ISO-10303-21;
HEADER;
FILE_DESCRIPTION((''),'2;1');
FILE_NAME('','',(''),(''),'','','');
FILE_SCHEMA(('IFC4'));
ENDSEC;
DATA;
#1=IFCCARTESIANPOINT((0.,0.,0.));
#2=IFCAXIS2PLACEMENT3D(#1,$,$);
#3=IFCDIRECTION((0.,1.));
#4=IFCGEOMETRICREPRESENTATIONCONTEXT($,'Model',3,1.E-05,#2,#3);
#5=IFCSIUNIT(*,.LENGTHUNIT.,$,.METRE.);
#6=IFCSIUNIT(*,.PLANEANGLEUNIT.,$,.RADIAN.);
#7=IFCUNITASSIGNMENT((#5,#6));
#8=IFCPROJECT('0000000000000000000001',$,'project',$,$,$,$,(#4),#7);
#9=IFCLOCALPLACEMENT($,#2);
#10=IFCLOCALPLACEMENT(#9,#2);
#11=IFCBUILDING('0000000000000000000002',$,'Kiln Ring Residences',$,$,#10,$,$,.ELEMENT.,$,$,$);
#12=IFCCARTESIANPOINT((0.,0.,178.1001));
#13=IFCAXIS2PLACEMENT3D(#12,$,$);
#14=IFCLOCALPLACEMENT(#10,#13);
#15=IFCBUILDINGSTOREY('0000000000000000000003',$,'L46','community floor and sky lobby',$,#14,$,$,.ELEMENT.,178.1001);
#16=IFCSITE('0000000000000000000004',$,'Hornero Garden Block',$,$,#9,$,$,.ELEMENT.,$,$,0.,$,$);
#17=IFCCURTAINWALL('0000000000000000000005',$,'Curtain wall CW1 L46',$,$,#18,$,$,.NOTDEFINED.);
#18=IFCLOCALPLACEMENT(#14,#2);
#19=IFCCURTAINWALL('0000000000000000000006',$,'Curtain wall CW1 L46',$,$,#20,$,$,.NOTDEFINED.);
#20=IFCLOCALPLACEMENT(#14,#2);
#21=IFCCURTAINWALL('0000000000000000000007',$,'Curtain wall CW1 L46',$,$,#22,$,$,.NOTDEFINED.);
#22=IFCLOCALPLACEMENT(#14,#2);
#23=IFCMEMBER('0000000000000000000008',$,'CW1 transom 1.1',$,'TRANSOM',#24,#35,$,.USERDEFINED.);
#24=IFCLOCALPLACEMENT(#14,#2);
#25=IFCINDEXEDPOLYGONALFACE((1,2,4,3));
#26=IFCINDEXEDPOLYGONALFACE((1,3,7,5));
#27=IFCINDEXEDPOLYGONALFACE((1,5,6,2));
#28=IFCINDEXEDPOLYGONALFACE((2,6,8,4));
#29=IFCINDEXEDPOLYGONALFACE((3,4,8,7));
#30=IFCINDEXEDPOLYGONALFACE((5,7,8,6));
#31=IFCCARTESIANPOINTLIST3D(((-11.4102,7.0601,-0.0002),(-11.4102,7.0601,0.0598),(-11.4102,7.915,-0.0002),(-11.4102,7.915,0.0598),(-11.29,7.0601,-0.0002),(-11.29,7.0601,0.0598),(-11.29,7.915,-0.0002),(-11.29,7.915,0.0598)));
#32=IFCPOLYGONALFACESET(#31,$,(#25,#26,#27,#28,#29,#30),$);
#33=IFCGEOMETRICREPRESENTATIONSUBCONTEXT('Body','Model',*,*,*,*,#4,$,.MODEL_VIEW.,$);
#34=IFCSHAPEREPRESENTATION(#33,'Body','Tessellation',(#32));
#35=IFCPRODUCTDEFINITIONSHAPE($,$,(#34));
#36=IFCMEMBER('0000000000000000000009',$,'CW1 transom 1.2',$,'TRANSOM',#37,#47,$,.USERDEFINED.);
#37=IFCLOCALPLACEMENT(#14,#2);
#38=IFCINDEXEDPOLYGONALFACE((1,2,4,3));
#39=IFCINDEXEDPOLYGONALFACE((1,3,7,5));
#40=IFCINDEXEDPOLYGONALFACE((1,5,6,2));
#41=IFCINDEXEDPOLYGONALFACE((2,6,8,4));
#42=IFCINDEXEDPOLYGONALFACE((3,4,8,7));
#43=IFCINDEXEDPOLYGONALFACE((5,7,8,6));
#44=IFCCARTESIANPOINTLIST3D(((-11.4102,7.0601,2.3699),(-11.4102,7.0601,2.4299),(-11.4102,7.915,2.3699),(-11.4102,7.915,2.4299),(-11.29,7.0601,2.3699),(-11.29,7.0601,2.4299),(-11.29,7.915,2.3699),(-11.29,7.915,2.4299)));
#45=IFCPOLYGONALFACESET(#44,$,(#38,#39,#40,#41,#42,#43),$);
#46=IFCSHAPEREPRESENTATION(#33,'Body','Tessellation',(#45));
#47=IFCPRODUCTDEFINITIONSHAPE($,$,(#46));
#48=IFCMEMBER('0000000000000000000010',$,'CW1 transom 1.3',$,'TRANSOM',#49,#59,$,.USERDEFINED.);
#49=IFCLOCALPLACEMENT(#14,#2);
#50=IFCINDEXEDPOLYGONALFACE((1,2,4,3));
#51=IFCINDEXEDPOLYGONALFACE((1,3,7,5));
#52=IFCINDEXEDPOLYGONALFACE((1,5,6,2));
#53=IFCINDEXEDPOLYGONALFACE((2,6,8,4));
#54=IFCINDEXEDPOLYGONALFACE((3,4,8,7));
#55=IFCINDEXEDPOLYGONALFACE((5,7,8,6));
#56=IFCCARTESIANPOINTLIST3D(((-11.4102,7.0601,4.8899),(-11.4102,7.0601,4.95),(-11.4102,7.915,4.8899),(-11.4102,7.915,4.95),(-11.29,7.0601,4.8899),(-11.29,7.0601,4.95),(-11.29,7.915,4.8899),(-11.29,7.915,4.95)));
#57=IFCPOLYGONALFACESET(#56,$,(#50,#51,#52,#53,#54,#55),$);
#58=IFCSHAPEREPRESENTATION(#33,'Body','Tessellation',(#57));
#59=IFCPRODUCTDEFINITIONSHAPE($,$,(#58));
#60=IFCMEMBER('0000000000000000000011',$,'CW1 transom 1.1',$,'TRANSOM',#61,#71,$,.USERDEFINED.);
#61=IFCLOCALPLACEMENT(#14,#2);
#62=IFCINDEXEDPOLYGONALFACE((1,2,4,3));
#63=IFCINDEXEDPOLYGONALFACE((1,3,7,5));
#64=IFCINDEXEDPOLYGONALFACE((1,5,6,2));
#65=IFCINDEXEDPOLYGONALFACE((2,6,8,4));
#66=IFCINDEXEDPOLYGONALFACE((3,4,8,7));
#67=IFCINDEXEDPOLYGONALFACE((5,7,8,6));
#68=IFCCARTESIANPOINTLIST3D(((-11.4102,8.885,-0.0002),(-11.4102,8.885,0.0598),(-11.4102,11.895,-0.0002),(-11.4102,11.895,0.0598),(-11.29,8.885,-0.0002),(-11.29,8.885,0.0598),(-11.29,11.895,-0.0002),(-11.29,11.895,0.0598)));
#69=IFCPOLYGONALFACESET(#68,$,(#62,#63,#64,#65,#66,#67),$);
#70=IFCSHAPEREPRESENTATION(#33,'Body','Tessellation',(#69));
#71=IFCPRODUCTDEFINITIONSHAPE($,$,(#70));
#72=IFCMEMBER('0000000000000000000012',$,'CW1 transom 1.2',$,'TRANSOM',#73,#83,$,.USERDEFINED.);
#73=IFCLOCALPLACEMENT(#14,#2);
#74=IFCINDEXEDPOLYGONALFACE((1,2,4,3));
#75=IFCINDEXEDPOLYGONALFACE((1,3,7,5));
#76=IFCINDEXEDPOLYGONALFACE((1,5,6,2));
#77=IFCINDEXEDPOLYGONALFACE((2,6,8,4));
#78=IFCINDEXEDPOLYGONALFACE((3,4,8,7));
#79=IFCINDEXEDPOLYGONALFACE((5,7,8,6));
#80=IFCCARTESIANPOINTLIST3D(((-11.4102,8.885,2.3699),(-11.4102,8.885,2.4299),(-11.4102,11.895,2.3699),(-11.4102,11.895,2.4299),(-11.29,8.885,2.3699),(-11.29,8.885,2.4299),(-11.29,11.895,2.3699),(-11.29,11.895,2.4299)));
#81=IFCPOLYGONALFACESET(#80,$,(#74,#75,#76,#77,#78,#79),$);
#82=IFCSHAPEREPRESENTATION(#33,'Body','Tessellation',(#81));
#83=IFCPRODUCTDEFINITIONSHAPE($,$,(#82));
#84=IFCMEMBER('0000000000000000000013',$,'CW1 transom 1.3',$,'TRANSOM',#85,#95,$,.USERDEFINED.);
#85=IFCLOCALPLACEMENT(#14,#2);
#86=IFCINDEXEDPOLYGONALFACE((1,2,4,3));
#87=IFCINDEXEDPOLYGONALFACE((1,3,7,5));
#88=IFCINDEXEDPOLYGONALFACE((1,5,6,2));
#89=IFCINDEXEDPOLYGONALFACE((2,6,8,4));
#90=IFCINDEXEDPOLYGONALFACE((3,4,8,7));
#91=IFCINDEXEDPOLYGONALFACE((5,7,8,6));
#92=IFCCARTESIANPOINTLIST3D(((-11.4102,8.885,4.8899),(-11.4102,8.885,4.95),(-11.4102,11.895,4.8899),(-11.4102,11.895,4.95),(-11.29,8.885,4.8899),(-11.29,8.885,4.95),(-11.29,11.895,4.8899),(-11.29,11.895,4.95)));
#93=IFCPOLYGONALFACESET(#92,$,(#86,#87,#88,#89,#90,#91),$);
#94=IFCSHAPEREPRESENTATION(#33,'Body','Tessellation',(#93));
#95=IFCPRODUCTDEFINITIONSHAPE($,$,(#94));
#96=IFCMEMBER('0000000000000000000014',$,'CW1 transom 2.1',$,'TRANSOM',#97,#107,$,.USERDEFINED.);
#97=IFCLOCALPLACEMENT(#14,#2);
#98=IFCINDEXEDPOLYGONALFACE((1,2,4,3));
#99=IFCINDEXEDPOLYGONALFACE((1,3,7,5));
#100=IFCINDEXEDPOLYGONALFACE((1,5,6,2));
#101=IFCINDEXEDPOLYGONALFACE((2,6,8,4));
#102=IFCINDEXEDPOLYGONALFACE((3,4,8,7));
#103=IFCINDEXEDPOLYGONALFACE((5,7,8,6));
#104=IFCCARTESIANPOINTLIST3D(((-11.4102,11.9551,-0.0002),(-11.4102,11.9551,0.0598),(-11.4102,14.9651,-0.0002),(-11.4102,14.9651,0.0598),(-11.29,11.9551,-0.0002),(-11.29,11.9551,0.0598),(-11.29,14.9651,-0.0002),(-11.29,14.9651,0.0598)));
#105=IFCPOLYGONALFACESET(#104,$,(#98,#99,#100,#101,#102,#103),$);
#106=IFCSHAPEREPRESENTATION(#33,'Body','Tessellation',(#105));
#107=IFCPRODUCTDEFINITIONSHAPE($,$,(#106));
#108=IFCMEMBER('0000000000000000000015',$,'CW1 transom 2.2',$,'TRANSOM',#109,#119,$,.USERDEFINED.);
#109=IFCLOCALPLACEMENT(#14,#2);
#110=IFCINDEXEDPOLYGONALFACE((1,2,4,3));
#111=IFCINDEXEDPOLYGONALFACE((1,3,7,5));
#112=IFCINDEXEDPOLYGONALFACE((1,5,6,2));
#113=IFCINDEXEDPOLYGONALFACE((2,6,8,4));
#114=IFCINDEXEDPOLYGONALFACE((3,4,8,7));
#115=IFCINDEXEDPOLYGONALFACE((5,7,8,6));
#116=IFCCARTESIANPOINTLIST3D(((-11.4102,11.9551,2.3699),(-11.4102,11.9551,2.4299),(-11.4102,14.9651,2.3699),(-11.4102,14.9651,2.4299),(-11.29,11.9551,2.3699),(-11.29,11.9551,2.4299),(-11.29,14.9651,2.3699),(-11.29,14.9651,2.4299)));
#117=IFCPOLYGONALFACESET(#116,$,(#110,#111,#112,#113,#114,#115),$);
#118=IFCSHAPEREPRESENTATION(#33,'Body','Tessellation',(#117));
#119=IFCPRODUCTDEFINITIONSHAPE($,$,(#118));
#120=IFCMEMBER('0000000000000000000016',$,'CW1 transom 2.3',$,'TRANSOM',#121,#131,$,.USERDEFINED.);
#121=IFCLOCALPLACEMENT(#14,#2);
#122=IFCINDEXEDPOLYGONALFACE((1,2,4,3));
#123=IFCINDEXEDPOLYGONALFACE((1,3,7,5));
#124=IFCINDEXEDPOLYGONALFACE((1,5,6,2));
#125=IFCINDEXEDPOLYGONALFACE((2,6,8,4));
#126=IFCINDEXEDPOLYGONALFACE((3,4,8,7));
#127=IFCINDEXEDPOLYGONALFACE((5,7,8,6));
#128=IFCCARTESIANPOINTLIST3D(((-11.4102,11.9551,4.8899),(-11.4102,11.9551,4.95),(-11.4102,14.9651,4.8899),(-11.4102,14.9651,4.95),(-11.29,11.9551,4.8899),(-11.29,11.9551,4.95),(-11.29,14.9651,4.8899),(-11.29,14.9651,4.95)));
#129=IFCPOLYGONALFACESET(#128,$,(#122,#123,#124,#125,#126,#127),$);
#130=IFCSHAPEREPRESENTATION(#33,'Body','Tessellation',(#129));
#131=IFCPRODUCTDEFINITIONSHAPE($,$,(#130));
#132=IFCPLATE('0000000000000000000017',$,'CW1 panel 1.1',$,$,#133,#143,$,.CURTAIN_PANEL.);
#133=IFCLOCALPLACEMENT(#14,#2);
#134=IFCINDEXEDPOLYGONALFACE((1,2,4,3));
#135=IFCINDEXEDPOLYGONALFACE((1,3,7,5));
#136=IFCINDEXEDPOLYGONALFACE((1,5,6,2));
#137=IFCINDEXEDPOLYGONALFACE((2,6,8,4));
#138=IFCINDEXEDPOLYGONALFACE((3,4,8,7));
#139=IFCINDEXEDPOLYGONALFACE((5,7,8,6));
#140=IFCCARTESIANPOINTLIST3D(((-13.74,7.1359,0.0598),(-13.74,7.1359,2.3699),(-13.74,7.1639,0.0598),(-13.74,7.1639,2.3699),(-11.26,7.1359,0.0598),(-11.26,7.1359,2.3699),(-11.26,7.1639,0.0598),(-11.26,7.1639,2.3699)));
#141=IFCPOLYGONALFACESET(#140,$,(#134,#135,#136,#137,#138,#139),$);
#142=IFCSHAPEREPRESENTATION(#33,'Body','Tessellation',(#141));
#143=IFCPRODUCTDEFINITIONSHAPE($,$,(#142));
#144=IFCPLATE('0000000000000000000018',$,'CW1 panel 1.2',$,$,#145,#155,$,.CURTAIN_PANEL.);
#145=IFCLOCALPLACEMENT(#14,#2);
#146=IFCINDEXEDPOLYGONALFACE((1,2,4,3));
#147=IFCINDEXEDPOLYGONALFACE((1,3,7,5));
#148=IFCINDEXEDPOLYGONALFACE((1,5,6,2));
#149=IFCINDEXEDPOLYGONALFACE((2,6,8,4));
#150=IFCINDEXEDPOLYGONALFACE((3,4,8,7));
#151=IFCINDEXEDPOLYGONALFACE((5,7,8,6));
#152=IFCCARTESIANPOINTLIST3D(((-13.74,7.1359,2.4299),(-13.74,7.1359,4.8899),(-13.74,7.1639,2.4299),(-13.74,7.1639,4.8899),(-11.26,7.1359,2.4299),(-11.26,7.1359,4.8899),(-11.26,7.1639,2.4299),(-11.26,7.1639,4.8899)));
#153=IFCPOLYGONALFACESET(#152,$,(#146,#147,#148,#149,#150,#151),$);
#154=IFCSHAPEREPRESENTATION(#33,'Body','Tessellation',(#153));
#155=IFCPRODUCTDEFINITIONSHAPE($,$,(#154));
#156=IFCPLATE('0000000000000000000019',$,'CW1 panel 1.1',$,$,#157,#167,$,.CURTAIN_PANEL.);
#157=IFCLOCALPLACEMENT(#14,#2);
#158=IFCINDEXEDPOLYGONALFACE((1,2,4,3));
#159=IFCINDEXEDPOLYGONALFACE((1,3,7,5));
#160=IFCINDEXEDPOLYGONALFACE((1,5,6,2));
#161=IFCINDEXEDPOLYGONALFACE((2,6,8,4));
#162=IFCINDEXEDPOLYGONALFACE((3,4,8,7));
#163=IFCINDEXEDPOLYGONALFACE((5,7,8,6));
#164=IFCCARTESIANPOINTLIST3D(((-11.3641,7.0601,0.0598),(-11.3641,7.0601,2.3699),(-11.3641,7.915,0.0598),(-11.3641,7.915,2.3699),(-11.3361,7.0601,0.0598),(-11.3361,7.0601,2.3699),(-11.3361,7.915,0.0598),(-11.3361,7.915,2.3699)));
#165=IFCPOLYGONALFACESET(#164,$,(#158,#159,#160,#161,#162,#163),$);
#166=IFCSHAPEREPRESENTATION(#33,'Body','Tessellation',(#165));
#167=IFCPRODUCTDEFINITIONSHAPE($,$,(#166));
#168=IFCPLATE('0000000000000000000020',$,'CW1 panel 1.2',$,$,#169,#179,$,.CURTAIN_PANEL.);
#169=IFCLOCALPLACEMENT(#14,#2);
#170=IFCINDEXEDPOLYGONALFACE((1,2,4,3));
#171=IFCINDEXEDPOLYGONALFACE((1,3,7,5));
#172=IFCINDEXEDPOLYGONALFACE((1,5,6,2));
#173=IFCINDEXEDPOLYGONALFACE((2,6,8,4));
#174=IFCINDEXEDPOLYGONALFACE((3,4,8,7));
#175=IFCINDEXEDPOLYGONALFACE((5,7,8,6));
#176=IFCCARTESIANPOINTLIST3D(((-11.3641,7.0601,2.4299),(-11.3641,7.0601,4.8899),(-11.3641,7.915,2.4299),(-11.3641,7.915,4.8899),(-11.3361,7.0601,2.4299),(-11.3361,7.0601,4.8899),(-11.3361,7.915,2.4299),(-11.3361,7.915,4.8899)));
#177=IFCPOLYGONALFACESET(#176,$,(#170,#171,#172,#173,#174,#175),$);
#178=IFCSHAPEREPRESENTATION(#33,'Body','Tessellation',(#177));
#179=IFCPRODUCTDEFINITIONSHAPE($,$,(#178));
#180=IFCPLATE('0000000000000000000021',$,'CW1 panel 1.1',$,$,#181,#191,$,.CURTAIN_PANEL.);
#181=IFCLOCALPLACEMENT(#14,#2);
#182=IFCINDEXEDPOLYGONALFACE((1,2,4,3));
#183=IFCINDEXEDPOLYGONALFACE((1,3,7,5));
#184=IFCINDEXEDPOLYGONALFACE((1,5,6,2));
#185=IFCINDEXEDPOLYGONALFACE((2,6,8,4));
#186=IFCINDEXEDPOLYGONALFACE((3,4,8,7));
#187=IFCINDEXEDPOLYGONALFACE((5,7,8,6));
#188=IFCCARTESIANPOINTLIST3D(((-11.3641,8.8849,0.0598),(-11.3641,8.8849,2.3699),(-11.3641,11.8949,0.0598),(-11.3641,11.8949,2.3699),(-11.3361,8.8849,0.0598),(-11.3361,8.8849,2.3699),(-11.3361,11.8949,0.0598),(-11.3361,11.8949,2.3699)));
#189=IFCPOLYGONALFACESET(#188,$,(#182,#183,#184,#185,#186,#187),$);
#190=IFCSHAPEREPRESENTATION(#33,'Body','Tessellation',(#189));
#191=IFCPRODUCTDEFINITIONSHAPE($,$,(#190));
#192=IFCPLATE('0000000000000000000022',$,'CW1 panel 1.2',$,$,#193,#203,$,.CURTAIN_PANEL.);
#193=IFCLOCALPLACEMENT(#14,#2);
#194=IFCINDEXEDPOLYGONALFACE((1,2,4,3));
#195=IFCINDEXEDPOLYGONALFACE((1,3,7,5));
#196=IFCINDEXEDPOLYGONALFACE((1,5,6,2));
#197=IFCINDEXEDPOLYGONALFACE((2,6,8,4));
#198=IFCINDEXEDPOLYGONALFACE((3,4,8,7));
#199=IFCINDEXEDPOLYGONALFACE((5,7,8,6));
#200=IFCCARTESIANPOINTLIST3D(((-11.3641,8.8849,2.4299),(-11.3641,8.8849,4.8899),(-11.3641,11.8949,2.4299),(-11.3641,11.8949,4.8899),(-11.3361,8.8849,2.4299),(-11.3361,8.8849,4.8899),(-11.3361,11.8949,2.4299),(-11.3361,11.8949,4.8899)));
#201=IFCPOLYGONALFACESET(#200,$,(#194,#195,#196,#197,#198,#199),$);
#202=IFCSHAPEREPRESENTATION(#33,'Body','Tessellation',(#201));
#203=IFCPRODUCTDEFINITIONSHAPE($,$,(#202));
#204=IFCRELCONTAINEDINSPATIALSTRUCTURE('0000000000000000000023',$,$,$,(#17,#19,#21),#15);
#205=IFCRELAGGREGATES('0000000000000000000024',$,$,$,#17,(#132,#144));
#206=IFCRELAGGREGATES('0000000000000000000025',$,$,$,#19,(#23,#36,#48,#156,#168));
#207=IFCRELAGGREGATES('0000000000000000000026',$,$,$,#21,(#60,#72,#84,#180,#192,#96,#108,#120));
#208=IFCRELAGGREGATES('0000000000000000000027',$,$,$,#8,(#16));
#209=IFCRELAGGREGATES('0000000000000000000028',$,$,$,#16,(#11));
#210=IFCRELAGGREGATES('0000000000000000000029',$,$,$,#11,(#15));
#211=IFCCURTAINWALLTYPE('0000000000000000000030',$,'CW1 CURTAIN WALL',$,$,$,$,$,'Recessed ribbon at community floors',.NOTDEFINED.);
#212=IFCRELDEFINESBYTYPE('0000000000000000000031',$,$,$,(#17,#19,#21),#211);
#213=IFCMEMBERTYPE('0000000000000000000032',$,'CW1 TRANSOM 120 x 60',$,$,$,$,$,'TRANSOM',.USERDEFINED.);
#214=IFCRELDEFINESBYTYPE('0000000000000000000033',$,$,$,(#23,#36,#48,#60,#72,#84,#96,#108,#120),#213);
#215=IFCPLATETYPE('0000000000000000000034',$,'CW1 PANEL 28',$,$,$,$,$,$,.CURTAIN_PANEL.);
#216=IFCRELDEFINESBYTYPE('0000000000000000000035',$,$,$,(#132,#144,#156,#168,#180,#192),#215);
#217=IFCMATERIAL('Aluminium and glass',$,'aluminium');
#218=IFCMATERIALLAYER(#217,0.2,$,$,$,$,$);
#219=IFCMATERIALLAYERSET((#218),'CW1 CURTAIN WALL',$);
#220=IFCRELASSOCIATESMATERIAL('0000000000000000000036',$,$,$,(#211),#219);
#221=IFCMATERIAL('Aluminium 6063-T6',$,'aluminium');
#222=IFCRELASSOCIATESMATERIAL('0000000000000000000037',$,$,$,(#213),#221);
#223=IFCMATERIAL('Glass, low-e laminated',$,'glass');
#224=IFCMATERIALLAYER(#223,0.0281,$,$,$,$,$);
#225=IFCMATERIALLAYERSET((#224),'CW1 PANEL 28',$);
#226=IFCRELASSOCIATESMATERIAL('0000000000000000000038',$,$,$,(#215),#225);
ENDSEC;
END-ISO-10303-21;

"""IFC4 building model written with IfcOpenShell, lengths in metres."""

from ifc_helpers import new_model, si_unit, direction, frame, origin, origin_2d, place, context, subcontext, project, spatial, rectangle, extrude, material, layer, layer_set, material_profile, profile_set, type_object, element, aggregate, save


model = new_model("IFC4")

# Units and contexts
model_context = context("Model", 3, precision=1e-05, world=origin(), true_north=direction((0.0, 1.0)))
body_context = subcontext(model_context, "Body", "Model", "MODEL_VIEW")
ifc_project = project(units=[si_unit("LENGTHUNIT", "METRE"), si_unit("PLANEANGLEUNIT", "RADIAN")], contexts=[model_context])

# Site, building, storey
site_placement = place(None, origin())
site = spatial("IfcSite", under=ifc_project, at=site_placement, Name="Hornero Garden Block", CompositionType="ELEMENT", RefElevation=0.0)
building_placement = place(site_placement, origin())
building = spatial("IfcBuilding", under=site, at=building_placement, Name="Kiln Ring Residences", CompositionType="ELEMENT")
storey_placement = place(building_placement, frame((0.0, 0.0, 178.1001)))
storey = spatial("IfcBuildingStorey", under=building, at=storey_placement, Name="L46", Description="community floor and sky lobby", CompositionType="ELEMENT", Elevation=178.1001)

# Curtain wall
ifc_material_1 = material(Name="Aluminium and glass", Category="aluminium")
ifc_layer_1 = layer(ifc_material_1, 0.2)
ifc_layer_set_1 = layer_set([ifc_layer_1], Name="CW1 CURTAIN WALL")
curtain_wall_type = type_object("IfcCurtainWallType", Name="CW1 CURTAIN WALL", ElementType="Recessed ribbon at community floors", PredefinedType="NOTDEFINED", material=ifc_layer_set_1)
placement_1 = place(storey_placement, origin())
curtain_wall_1 = element("IfcCurtainWall", 1, at=placement_1, inside=storey, type_object=curtain_wall_type, Name="Curtain wall CW1 L46", PredefinedType="NOTDEFINED")

# Curtain walls
curtain_wall_2 = element("IfcCurtainWall", 2, at=placement_1, inside=storey, type_object=curtain_wall_type, Name="Curtain wall CW1 L46", PredefinedType="NOTDEFINED")
curtain_wall_3 = element("IfcCurtainWall", 3, at=placement_1, inside=storey, type_object=curtain_wall_type, Name="Curtain wall CW1 L46", PredefinedType="NOTDEFINED")

# Members
ifc_material_2 = material(Name="Aluminium 6063-T6", Category="aluminium")
ifc_material_profile_1 = material_profile(ifc_material_2, rectangle(XDim=0.1201, YDim=0.0601, at=origin_2d()), Name="AL 120x60")
ifc_profile_set_1 = profile_set([ifc_material_profile_1], Name="Aluminium 6063-T6")
member_type_1 = type_object("IfcMemberType", Name="CW1 TRANSOM 120 x 60", ElementType="TRANSOM", PredefinedType="USERDEFINED", material=ifc_profile_set_1)
member_1_placement = place(storey_placement, frame((-11.3501, 7.0601, 0.0298), z_axis=(0.0, 1.0, 0.0), x_axis=(-1.0, 0.0, 0.0)))
member_1 = element("IfcMember", 4, at=member_1_placement, type_object=member_type_1, Name="CW1 transom 1.1", ObjectType="TRANSOM", PredefinedType="USERDEFINED", context=body_context, shape_type="SweptSolid", body=[
    extrude(rectangle(XDim=0.1201, YDim=0.0601, at=origin_2d()), origin(), (0.0, 0.0, 1.0), 0.855),
])
member_2_placement = place(storey_placement, frame((-11.3501, 7.0601, 2.3999), z_axis=(0.0, 1.0, 0.0), x_axis=(-1.0, 0.0, 0.0)))
member_2 = element("IfcMember", 5, at=member_2_placement, type_object=member_type_1, Name="CW1 transom 1.2", ObjectType="TRANSOM", PredefinedType="USERDEFINED", context=body_context, shape_type="SweptSolid", body=[
    extrude(rectangle(XDim=0.1201, YDim=0.0601, at=origin_2d()), origin(), (0.0, 0.0, 1.0), 0.855),
])
member_3_placement = place(storey_placement, frame((-11.3501, 7.0601, 4.9199), z_axis=(0.0, 1.0, 0.0), x_axis=(-1.0, 0.0, 0.0)))
member_3 = element("IfcMember", 6, at=member_3_placement, type_object=member_type_1, Name="CW1 transom 1.3", ObjectType="TRANSOM", PredefinedType="USERDEFINED", context=body_context, shape_type="SweptSolid", body=[
    extrude(rectangle(XDim=0.1201, YDim=0.0601, at=origin_2d()), origin(), (0.0, 0.0, 1.0), 0.855),
])
member_4_placement = place(storey_placement, frame((-11.3501, 8.885, 0.0298), z_axis=(0.0, 1.0, 0.0), x_axis=(-1.0, 0.0, 0.0)))
member_4 = element("IfcMember", 7, at=member_4_placement, type_object=member_type_1, Name="CW1 transom 1.1", ObjectType="TRANSOM", PredefinedType="USERDEFINED", context=body_context, shape_type="SweptSolid", body=[
    extrude(rectangle(XDim=0.1201, YDim=0.0601, at=origin_2d()), origin(), (0.0, 0.0, 1.0), 3.01),
])
member_5_placement = place(storey_placement, frame((-11.3501, 8.885, 2.3999), z_axis=(0.0, 1.0, 0.0), x_axis=(-1.0, 0.0, 0.0)))
member_5 = element("IfcMember", 8, at=member_5_placement, type_object=member_type_1, Name="CW1 transom 1.2", ObjectType="TRANSOM", PredefinedType="USERDEFINED", context=body_context, shape_type="SweptSolid", body=[
    extrude(rectangle(XDim=0.1201, YDim=0.0601, at=origin_2d()), origin(), (0.0, 0.0, 1.0), 3.01),
])
member_6_placement = place(storey_placement, frame((-11.3501, 8.885, 4.9199), z_axis=(0.0, 1.0, 0.0), x_axis=(-1.0, 0.0, 0.0)))
member_6 = element("IfcMember", 9, at=member_6_placement, type_object=member_type_1, Name="CW1 transom 1.3", ObjectType="TRANSOM", PredefinedType="USERDEFINED", context=body_context, shape_type="SweptSolid", body=[
    extrude(rectangle(XDim=0.1201, YDim=0.0601, at=origin_2d()), origin(), (0.0, 0.0, 1.0), 3.01),
])
member_7_placement = place(storey_placement, frame((-11.3501, 11.9551, 0.0298), z_axis=(0.0, 1.0, 0.0), x_axis=(-1.0, 0.0, 0.0)))
member_7 = element("IfcMember", 10, at=member_7_placement, type_object=member_type_1, Name="CW1 transom 2.1", ObjectType="TRANSOM", PredefinedType="USERDEFINED", context=body_context, shape_type="SweptSolid", body=[
    extrude(rectangle(XDim=0.1201, YDim=0.0601, at=origin_2d()), origin(), (0.0, 0.0, 1.0), 3.01),
])
member_8_placement = place(storey_placement, frame((-11.3501, 11.9551, 2.3999), z_axis=(0.0, 1.0, 0.0), x_axis=(-1.0, 0.0, 0.0)))
member_8 = element("IfcMember", 11, at=member_8_placement, type_object=member_type_1, Name="CW1 transom 2.2", ObjectType="TRANSOM", PredefinedType="USERDEFINED", context=body_context, shape_type="SweptSolid", body=[
    extrude(rectangle(XDim=0.1201, YDim=0.0601, at=origin_2d()), origin(), (0.0, 0.0, 1.0), 3.01),
])
member_9_placement = place(storey_placement, frame((-11.3501, 11.9551, 4.9199), z_axis=(0.0, 1.0, 0.0), x_axis=(-1.0, 0.0, 0.0)))
member_9 = element("IfcMember", 12, at=member_9_placement, type_object=member_type_1, Name="CW1 transom 2.3", ObjectType="TRANSOM", PredefinedType="USERDEFINED", context=body_context, shape_type="SweptSolid", body=[
    extrude(rectangle(XDim=0.1201, YDim=0.0601, at=origin_2d()), origin(), (0.0, 0.0, 1.0), 3.01),
])

# Plates
ifc_material_3 = material(Name="Glass, low-e laminated", Category="glass")
ifc_layer_2 = layer(ifc_material_3, 0.0281)
ifc_layer_set_2 = layer_set([ifc_layer_2], Name="CW1 PANEL 28")
plate_type = type_object("IfcPlateType", Name="CW1 PANEL 28", PredefinedType="CURTAIN_PANEL", material=ifc_layer_set_2)
plate_1_placement = place(storey_placement, frame((-12.5, 7.1499, 0.0598), z_axis=(0.0, 0.0, 1.0), x_axis=(1.0, 0.0, 0.0)))
plate_1 = element("IfcPlate", 13, at=plate_1_placement, type_object=plate_type, Name="CW1 panel 1.1", PredefinedType="CURTAIN_PANEL", context=body_context, shape_type="SweptSolid", body=[
    extrude(rectangle(XDim=2.48, YDim=0.0281, at=origin_2d()), origin(), (0.0, 0.0, 1.0), 2.3101),
])
plate_2_placement = place(storey_placement, frame((-12.5, 7.1499, 2.4299), z_axis=(0.0, 0.0, 1.0), x_axis=(1.0, 0.0, 0.0)))
plate_2 = element("IfcPlate", 14, at=plate_2_placement, type_object=plate_type, Name="CW1 panel 1.2", PredefinedType="CURTAIN_PANEL", context=body_context, shape_type="SweptSolid", body=[
    extrude(rectangle(XDim=2.48, YDim=0.0281, at=origin_2d()), origin(), (0.0, 0.0, 1.0), 2.46),
])
aggregate(curtain_wall_1, [plate_1, plate_2])
plate_3_placement = place(storey_placement, frame((-11.3501, 7.4875, 0.0598), z_axis=(0.0, 0.0, 1.0), x_axis=(0.0, 1.0, 0.0)))
plate_3 = element("IfcPlate", 15, at=plate_3_placement, type_object=plate_type, Name="CW1 panel 1.1", PredefinedType="CURTAIN_PANEL", context=body_context, shape_type="SweptSolid", body=[
    extrude(rectangle(XDim=0.855, YDim=0.0281, at=origin_2d()), origin(), (0.0, 0.0, 1.0), 2.3101),
])
plate_4_placement = place(storey_placement, frame((-11.3501, 7.4875, 2.4299), z_axis=(0.0, 0.0, 1.0), x_axis=(0.0, 1.0, 0.0)))
plate_4 = element("IfcPlate", 16, at=plate_4_placement, type_object=plate_type, Name="CW1 panel 1.2", PredefinedType="CURTAIN_PANEL", context=body_context, shape_type="SweptSolid", body=[
    extrude(rectangle(XDim=0.855, YDim=0.0281, at=origin_2d()), origin(), (0.0, 0.0, 1.0), 2.46),
])
aggregate(curtain_wall_2, [member_1, member_2, member_3, plate_3, plate_4])
plate_5_placement = place(storey_placement, frame((-11.3501, 10.3899, 0.0598), z_axis=(0.0, 0.0, 1.0), x_axis=(0.0, 1.0, 0.0)))
plate_5 = element("IfcPlate", 17, at=plate_5_placement, type_object=plate_type, Name="CW1 panel 1.1", PredefinedType="CURTAIN_PANEL", context=body_context, shape_type="SweptSolid", body=[
    extrude(rectangle(XDim=3.01, YDim=0.0281, at=origin_2d()), origin(), (0.0, 0.0, 1.0), 2.3101),
])
plate_6_placement = place(storey_placement, frame((-11.3501, 10.3899, 2.4299), z_axis=(0.0, 0.0, 1.0), x_axis=(0.0, 1.0, 0.0)))
plate_6 = element("IfcPlate", 18, at=plate_6_placement, type_object=plate_type, Name="CW1 panel 1.2", PredefinedType="CURTAIN_PANEL", context=body_context, shape_type="SweptSolid", body=[
    extrude(rectangle(XDim=3.01, YDim=0.0281, at=origin_2d()), origin(), (0.0, 0.0, 1.0), 2.46),
])
aggregate(curtain_wall_3, [member_4, member_5, member_6, plate_5, plate_6, member_7, member_8, member_9])

save(model, "model.ifc")
